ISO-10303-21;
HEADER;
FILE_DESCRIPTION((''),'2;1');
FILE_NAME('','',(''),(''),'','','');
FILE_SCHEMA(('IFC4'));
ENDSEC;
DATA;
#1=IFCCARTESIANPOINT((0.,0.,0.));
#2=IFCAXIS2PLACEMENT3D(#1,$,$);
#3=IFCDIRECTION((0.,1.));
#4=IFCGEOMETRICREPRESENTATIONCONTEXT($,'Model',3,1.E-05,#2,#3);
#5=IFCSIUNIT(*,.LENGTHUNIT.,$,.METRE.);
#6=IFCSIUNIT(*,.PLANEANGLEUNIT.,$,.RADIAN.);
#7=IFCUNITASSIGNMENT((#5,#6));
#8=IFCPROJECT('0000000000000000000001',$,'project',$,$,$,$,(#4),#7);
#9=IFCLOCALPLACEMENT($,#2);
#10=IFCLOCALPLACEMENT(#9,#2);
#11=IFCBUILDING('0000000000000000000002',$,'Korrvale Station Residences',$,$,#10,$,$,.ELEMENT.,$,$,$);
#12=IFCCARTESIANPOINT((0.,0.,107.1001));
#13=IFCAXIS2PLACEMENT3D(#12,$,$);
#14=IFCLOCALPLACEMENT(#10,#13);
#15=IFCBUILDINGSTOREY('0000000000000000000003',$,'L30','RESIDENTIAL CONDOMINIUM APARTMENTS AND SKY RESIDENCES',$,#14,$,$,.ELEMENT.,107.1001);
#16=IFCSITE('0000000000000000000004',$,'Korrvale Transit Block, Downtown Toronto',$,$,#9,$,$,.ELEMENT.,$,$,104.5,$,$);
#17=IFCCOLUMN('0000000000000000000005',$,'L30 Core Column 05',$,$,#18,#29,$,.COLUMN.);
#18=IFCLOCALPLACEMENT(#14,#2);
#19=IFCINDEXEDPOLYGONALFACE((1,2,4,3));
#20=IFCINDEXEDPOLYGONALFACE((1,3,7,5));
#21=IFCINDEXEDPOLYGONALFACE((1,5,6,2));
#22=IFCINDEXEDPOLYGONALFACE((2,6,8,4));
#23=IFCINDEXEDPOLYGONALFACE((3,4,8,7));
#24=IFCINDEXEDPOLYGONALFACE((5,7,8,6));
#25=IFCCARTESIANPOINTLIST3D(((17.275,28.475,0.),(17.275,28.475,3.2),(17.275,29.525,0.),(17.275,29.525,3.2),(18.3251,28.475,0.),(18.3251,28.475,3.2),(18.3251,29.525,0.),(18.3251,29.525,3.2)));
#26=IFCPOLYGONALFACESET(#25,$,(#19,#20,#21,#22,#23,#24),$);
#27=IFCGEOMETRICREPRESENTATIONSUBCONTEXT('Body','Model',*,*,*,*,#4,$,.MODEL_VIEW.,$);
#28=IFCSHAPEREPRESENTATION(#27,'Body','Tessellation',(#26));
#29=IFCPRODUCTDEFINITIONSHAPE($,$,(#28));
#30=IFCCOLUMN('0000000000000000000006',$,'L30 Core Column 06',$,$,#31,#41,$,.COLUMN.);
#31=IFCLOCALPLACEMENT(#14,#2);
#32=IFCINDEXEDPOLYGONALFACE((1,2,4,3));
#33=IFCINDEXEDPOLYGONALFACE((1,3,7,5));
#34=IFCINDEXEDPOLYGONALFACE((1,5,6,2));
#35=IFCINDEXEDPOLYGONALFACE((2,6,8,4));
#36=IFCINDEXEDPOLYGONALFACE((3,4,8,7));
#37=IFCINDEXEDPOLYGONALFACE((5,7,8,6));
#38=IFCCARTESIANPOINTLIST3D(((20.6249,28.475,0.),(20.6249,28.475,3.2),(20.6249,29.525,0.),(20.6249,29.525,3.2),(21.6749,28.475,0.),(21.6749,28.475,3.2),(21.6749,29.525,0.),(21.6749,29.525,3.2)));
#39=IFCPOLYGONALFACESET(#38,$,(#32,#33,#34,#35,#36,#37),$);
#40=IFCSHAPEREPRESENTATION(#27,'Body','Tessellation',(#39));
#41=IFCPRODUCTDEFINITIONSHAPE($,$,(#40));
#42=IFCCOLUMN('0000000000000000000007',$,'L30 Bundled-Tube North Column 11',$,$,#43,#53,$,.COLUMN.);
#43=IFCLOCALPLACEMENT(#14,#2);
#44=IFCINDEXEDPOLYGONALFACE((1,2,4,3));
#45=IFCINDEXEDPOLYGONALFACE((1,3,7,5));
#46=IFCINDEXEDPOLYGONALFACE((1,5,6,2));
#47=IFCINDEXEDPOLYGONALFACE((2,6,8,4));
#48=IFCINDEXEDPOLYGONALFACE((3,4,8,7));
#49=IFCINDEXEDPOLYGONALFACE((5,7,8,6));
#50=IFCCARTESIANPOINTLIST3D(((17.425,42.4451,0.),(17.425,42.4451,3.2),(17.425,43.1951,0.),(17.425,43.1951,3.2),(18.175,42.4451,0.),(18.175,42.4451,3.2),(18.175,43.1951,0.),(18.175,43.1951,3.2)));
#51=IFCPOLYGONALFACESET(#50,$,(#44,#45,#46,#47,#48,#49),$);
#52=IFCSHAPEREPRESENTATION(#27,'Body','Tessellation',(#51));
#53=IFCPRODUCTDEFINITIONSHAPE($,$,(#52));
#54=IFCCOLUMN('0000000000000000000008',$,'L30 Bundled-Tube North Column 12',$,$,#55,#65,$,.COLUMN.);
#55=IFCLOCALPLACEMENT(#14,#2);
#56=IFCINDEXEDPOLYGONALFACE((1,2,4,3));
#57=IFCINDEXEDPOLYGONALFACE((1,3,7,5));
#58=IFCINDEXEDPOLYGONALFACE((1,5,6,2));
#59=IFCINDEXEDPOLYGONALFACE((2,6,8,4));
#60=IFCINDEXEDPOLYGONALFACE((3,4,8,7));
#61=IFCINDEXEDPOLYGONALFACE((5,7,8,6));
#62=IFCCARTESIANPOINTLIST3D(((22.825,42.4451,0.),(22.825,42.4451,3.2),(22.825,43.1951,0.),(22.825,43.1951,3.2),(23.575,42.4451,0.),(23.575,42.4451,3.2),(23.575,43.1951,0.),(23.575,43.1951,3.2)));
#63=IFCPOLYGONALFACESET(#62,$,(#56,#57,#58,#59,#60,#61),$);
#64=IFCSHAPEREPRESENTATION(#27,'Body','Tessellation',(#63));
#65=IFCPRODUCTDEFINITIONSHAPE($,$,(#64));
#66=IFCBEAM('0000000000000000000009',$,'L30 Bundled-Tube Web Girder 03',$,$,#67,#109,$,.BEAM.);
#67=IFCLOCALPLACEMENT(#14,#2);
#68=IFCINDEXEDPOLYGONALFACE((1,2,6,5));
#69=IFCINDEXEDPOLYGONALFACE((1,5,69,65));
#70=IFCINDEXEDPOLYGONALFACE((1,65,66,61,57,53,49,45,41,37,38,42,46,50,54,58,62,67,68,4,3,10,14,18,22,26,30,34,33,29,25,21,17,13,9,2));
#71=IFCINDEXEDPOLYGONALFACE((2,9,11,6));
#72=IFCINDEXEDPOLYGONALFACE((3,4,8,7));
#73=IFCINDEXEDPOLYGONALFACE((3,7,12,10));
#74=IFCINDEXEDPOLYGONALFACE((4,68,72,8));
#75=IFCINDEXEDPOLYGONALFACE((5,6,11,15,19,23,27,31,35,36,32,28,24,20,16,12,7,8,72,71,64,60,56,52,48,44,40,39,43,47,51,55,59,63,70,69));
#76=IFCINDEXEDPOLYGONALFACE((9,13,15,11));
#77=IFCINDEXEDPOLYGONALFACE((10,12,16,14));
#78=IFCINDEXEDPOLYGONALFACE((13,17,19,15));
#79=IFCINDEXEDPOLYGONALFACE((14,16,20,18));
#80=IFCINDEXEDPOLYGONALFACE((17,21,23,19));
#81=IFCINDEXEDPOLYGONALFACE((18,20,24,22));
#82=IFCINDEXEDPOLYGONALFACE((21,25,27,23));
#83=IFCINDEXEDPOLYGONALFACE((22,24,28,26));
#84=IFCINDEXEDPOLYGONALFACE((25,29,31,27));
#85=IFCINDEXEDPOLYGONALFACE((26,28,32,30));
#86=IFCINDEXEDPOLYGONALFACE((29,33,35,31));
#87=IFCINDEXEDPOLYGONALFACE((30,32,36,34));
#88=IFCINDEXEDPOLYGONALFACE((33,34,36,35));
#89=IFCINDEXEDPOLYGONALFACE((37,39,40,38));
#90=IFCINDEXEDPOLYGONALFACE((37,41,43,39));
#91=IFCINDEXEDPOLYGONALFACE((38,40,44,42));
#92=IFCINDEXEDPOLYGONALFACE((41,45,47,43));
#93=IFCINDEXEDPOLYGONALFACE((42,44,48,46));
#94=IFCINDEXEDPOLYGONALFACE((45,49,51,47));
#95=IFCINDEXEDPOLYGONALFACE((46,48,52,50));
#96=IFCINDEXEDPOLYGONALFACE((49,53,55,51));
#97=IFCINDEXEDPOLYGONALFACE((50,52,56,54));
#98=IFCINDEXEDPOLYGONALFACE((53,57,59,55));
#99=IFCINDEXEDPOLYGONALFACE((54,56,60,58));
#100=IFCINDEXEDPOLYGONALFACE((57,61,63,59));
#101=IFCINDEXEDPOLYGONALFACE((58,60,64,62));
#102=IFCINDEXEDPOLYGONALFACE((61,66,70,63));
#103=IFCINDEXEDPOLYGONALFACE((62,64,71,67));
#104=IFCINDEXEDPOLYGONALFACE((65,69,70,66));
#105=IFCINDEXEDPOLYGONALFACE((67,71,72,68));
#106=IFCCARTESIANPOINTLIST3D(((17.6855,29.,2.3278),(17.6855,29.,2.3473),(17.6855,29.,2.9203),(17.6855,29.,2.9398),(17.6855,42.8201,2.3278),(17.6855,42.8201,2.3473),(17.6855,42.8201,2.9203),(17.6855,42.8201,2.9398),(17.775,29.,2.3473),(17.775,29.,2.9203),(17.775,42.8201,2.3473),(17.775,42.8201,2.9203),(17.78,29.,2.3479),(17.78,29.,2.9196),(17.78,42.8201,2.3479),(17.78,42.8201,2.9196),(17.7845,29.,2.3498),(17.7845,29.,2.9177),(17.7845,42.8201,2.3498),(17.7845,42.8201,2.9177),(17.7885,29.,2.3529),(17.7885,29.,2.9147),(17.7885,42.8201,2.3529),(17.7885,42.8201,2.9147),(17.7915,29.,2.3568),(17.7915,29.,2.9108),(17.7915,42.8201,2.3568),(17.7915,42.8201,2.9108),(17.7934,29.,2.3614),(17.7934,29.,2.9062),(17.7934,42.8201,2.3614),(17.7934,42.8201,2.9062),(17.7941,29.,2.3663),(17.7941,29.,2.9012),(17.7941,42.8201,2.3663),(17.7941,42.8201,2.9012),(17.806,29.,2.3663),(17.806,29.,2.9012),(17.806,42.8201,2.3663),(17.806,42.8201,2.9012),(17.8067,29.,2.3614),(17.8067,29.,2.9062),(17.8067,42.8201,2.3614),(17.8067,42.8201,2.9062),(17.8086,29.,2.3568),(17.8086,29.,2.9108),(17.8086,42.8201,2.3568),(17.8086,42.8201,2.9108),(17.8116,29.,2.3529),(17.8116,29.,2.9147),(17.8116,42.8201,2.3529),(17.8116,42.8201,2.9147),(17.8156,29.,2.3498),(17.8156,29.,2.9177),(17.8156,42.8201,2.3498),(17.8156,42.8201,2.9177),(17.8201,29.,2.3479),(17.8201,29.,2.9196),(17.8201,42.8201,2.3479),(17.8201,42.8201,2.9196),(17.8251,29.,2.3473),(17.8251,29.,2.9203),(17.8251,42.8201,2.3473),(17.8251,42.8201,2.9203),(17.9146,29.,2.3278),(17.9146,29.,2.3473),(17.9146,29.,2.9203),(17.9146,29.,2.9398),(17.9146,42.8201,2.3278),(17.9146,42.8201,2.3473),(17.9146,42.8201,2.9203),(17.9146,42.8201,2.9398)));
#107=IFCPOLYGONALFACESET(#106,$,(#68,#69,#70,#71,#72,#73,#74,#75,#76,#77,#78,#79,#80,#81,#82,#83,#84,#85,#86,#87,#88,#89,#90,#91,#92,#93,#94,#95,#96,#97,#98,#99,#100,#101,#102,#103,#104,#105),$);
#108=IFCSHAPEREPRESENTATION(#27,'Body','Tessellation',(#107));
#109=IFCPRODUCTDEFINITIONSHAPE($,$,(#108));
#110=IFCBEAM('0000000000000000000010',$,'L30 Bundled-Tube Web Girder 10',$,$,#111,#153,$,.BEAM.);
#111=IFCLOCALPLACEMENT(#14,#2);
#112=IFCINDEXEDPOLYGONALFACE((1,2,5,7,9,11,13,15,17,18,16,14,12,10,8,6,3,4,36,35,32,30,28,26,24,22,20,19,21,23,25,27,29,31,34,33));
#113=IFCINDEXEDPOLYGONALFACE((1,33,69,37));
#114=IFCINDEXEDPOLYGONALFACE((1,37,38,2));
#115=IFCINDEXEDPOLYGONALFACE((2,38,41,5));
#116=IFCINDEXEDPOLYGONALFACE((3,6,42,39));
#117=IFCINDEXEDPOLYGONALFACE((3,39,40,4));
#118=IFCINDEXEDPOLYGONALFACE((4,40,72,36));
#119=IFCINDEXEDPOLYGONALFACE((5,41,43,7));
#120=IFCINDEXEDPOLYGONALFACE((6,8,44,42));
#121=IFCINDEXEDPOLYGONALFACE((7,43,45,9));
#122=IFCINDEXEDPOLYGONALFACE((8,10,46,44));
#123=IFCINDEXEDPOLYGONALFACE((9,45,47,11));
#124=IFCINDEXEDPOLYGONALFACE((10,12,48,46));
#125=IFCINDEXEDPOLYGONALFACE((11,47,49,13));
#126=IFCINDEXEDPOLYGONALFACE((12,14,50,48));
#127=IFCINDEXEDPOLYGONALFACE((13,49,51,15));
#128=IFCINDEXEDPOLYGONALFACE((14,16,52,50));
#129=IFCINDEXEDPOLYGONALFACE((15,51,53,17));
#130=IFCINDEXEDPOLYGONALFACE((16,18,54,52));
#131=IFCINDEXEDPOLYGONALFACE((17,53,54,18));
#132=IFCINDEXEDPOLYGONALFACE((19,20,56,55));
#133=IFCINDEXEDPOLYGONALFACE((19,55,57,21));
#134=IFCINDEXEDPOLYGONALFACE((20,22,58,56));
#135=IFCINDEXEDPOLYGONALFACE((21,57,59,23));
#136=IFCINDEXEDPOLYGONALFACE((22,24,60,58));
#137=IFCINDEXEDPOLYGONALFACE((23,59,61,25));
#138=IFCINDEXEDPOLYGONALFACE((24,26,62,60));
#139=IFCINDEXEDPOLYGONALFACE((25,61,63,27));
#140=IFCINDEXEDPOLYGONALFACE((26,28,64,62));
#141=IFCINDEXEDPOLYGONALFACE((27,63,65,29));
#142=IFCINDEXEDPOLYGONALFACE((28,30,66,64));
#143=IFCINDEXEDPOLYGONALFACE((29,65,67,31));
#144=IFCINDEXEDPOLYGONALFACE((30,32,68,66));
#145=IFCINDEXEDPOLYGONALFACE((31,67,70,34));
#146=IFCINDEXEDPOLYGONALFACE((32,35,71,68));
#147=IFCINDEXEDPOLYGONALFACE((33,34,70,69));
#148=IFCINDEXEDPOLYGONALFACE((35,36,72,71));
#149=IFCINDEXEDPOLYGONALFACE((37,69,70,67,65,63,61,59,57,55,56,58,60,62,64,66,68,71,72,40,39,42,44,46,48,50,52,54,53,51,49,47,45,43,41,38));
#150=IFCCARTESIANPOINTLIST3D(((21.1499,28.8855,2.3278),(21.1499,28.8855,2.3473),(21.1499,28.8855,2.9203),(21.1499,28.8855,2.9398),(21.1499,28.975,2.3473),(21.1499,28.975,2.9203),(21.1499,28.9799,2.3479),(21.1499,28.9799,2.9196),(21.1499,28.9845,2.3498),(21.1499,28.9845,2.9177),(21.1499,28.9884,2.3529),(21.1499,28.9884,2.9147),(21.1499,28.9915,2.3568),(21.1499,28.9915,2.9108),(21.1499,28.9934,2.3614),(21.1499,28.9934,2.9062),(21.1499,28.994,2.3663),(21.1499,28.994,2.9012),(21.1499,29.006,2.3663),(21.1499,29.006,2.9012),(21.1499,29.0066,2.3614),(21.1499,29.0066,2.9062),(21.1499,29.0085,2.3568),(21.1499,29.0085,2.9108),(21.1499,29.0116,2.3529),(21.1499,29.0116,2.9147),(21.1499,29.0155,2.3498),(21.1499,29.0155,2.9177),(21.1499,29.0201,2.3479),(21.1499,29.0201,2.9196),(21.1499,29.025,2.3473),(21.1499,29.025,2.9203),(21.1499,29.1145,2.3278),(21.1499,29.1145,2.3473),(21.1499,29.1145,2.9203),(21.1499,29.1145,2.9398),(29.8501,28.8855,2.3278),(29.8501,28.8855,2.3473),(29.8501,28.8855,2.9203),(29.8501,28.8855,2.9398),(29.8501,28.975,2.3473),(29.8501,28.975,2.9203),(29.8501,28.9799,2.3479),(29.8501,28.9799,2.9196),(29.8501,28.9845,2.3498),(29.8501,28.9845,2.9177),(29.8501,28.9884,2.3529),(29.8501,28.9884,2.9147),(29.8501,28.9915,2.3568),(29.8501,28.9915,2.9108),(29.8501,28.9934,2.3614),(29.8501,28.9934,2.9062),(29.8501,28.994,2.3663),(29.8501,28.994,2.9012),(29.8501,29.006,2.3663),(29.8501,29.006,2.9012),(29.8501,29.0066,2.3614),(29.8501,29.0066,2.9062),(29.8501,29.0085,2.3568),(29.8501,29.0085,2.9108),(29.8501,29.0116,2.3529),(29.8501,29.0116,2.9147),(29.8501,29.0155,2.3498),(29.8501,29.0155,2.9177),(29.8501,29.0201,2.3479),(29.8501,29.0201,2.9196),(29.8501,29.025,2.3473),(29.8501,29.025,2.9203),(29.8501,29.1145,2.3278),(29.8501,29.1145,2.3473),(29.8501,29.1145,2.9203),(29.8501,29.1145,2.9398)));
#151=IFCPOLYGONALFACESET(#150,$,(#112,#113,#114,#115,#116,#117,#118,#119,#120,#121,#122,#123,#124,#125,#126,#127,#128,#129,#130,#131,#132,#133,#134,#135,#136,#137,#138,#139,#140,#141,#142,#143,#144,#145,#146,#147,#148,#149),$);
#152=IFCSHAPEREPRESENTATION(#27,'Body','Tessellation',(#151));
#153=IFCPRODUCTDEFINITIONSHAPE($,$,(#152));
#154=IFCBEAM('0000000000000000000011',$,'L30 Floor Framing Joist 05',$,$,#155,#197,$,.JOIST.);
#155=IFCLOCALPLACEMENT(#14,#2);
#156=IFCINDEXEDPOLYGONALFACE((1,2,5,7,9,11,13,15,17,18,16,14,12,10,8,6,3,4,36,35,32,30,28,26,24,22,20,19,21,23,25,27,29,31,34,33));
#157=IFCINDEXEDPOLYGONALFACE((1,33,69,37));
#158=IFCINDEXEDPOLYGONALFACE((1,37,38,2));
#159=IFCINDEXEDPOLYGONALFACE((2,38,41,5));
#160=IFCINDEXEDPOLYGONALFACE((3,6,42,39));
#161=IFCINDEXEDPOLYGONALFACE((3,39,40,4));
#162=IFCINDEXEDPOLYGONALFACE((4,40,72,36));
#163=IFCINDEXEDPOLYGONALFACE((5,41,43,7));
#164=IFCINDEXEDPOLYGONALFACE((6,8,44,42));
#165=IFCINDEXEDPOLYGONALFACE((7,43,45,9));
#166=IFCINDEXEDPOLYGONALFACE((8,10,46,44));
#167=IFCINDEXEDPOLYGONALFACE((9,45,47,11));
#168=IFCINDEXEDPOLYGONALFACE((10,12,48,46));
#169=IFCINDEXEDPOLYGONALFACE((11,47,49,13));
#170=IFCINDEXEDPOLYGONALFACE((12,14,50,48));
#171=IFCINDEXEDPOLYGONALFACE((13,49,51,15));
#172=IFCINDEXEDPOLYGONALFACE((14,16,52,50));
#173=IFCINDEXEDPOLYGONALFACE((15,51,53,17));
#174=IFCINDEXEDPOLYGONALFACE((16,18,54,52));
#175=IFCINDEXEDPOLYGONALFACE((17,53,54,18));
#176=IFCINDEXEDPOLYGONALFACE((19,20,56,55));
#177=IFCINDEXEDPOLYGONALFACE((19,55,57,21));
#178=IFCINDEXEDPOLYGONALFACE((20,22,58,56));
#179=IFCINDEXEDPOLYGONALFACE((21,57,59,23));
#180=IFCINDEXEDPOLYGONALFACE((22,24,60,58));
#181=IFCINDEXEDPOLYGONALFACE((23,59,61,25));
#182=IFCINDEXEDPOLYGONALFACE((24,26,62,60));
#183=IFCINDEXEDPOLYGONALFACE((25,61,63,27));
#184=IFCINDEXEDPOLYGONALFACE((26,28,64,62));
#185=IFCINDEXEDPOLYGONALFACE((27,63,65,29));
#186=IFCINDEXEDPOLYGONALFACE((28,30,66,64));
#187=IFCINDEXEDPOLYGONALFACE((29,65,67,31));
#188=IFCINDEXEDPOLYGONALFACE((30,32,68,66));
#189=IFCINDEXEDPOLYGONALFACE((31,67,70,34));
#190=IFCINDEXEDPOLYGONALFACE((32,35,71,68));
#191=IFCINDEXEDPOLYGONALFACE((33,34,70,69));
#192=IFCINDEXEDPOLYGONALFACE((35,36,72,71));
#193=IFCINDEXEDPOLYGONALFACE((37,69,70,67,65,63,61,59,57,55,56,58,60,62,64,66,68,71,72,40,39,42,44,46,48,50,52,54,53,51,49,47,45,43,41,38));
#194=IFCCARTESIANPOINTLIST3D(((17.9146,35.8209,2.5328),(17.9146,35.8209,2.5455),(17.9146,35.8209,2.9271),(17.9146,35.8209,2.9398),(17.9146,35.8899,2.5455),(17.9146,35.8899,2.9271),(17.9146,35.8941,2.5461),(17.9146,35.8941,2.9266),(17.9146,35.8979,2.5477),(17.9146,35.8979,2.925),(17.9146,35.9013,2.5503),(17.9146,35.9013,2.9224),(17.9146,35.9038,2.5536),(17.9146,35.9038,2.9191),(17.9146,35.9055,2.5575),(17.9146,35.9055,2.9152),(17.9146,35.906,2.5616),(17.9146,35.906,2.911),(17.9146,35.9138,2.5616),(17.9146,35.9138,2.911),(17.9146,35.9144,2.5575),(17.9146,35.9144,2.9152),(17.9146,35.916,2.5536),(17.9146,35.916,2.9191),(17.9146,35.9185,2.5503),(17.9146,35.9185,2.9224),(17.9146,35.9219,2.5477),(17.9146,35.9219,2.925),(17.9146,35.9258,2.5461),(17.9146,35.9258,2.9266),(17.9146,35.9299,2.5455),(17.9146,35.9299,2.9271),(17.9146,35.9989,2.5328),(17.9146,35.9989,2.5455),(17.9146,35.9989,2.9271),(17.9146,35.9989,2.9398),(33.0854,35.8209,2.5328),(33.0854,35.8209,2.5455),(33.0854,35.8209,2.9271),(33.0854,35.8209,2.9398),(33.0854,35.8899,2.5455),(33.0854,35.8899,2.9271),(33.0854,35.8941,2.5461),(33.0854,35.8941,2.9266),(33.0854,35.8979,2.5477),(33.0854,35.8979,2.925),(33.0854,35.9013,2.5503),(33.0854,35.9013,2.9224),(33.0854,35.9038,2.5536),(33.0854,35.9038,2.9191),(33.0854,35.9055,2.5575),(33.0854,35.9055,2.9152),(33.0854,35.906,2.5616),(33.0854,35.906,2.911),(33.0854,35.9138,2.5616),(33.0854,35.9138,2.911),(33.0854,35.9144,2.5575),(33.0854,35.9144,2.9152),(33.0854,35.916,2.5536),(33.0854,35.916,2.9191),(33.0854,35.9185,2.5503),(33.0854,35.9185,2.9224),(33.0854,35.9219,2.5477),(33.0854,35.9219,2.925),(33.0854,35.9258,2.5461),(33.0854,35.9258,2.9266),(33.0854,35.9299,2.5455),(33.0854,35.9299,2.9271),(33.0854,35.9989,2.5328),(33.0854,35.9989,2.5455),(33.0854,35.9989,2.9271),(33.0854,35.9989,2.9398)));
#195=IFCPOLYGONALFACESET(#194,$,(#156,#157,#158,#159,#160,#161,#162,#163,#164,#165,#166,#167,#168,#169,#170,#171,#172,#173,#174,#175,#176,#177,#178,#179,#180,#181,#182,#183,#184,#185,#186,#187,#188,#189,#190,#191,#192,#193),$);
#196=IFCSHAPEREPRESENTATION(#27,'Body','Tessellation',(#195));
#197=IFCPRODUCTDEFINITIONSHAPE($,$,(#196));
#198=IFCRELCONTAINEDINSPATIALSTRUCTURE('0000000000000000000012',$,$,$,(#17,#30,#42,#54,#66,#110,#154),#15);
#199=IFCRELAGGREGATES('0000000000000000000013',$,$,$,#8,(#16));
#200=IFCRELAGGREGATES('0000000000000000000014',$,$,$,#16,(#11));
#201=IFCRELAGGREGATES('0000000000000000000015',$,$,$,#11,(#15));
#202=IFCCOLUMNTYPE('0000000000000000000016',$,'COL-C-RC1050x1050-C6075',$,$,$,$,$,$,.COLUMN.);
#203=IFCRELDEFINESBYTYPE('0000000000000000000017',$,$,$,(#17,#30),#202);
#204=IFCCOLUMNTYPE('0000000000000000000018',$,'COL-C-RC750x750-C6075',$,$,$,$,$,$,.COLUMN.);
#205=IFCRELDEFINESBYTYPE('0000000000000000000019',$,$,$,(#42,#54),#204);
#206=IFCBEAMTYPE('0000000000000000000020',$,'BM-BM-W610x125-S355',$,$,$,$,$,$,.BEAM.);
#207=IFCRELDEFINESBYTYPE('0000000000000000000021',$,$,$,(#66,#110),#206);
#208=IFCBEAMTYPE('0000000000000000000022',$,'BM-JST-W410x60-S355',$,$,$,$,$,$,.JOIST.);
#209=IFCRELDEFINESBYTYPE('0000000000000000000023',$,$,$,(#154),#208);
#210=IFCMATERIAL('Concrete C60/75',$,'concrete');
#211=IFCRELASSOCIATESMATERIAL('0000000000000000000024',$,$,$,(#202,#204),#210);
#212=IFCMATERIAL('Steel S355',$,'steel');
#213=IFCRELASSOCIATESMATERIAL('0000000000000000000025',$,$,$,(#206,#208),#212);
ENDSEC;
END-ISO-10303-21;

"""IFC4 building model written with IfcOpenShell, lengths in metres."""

from ifc_helpers import new_model, si_unit, direction, frame, origin, origin_2d, place, context, subcontext, project, spatial, rectangle, i_section, extrude, material, material_profile, profile_set, type_object, element, save


model = new_model("IFC4")

# Units and contexts
model_context = context("Model", 3, precision=1e-05, world=origin(), true_north=direction((0.0, 1.0)))
body_context = subcontext(model_context, "Body", "Model", "MODEL_VIEW")
ifc_project = project(units=[si_unit("LENGTHUNIT", "METRE"), si_unit("PLANEANGLEUNIT", "RADIAN")], contexts=[model_context])

# Site, building, storey
site_placement = place(None, origin())
site = spatial("IfcSite", under=ifc_project, at=site_placement, Name="Korrvale Transit Block, Downtown Toronto", CompositionType="ELEMENT", RefElevation=104.5)
building_placement = place(site_placement, origin())
building = spatial("IfcBuilding", under=site, at=building_placement, Name="Korrvale Station Residences", CompositionType="ELEMENT")
storey_placement = place(building_placement, frame((0.0, 0.0, 107.1001)))
storey = spatial("IfcBuildingStorey", under=building, at=storey_placement, Name="L30", Description="RESIDENTIAL CONDOMINIUM APARTMENTS AND SKY RESIDENCES", CompositionType="ELEMENT", Elevation=107.1001)

# Columns
ifc_material_1 = material(Name="Concrete C60/75", Category="concrete")
ifc_material_profile_1 = material_profile(ifc_material_1, rectangle(XDim=1.05, YDim=1.05, at=origin_2d()), Name="RC1050x1050")
ifc_profile_set_1 = profile_set([ifc_material_profile_1], Name="Concrete C60/75")
column_type_1 = type_object("IfcColumnType", Name="COL-C-RC1050x1050-C6075", PredefinedType="COLUMN", material=ifc_profile_set_1)
for number, where, z_axis, x_axis, name in (
    (1, (17.8, 29.0, 0.0), (0.0, 0.0, 1.0), (1.0, 0.0, 0.0), "L30 Core Column 05"),
    (2, (21.1499, 29.0, 0.0), (0.0, 0.0, 1.0), (1.0, 0.0, 0.0), "L30 Core Column 06"),
):
    element("IfcColumn", number, at=place(storey_placement, frame(where, z_axis=z_axis, x_axis=x_axis)), inside=storey, type_object=column_type_1, Name=name, PredefinedType="COLUMN", context=body_context, shape_type="SweptSolid", body=[
        extrude(rectangle(XDim=1.05, YDim=1.05, at=origin_2d()), origin(), (0.0, 0.0, 1.0), 3.2),
    ])
ifc_material_profile_2 = material_profile(ifc_material_1, rectangle(XDim=0.75, YDim=0.75, at=origin_2d()), Name="RC750x750")
ifc_profile_set_2 = profile_set([ifc_material_profile_2], Name="Concrete C60/75")
column_type_2 = type_object("IfcColumnType", Name="COL-C-RC750x750-C6075", PredefinedType="COLUMN", material=ifc_profile_set_2)
for number, where, z_axis, x_axis, name in (
    (3, (17.8, 42.8201, 0.0), (0.0, 0.0, 1.0), (1.0, 0.0, 0.0), "L30 Bundled-Tube North Column 11"),
    (4, (23.2, 42.8201, 0.0), (0.0, 0.0, 1.0), (1.0, 0.0, 0.0), "L30 Bundled-Tube North Column 12"),
):
    element("IfcColumn", number, at=place(storey_placement, frame(where, z_axis=z_axis, x_axis=x_axis)), inside=storey, type_object=column_type_2, Name=name, PredefinedType="COLUMN", context=body_context, shape_type="SweptSolid", body=[
        extrude(rectangle(XDim=0.75, YDim=0.75, at=origin_2d()), origin(), (0.0, 0.0, 1.0), 3.2),
    ])

# Beams
ifc_material_2 = material(Name="Steel S355", Category="steel")
ifc_material_profile_3 = material_profile(ifc_material_2, i_section(OverallWidth=0.229, OverallDepth=0.6121, WebThickness=0.012, FlangeThickness=0.0195, FilletRadius=0.019, at=origin_2d()), Name="W610x125")
ifc_profile_set_3 = profile_set([ifc_material_profile_3], Name="Steel S355")
beam_type_1 = type_object("IfcBeamType", Name="BM-BM-W610x125-S355", PredefinedType="BEAM", material=ifc_profile_set_3)
beam_1_placement = place(storey_placement, frame((17.8, 29.0, 2.6338), z_axis=(0.0, 1.0, 0.0), x_axis=(-1.0, 0.0, 0.0)))
element("IfcBeam", 5, at=beam_1_placement, inside=storey, type_object=beam_type_1, Name="L30 Bundled-Tube Web Girder 03", PredefinedType="BEAM", context=body_context, shape_type="SweptSolid", body=[
    extrude(i_section(OverallWidth=0.229, OverallDepth=0.6121, WebThickness=0.012, FlangeThickness=0.0195, FilletRadius=0.019, at=origin_2d()), origin(), (0.0, 0.0, 1.0), 13.8201),
])
beam_2_placement = place(storey_placement, frame((21.1499, 29.0, 2.6338), z_axis=(1.0, 0.0, 0.0), x_axis=(0.0, 1.0, 0.0)))
element("IfcBeam", 6, at=beam_2_placement, inside=storey, type_object=beam_type_1, Name="L30 Bundled-Tube Web Girder 10", PredefinedType="BEAM", context=body_context, shape_type="SweptSolid", body=[
    extrude(i_section(OverallWidth=0.229, OverallDepth=0.6121, WebThickness=0.012, FlangeThickness=0.0195, FilletRadius=0.019, at=origin_2d()), origin(), (0.0, 0.0, 1.0), 8.7002),
])
ifc_material_profile_4 = material_profile(ifc_material_2, i_section(OverallWidth=0.178, OverallDepth=0.407, WebThickness=0.0078, FlangeThickness=0.0127, FilletRadius=0.0161, at=origin_2d()), Name="W410x60")
ifc_profile_set_4 = profile_set([ifc_material_profile_4], Name="Steel S355")
beam_type_2 = type_object("IfcBeamType", Name="BM-JST-W410x60-S355", PredefinedType="JOIST", material=ifc_profile_set_4)
beam_3_placement = place(storey_placement, frame((17.9146, 35.9099, 2.7363), z_axis=(1.0, 0.0, 0.0), x_axis=(0.0, 1.0, 0.0)))
element("IfcBeam", 7, at=beam_3_placement, inside=storey, type_object=beam_type_2, Name="L30 Floor Framing Joist 05", PredefinedType="JOIST", context=body_context, shape_type="SweptSolid", body=[
    extrude(i_section(OverallWidth=0.178, OverallDepth=0.407, WebThickness=0.0078, FlangeThickness=0.0127, FilletRadius=0.0161, at=origin_2d()), origin(), (0.0, 0.0, 1.0), 15.1709),
])

save(model, "model.ifc")
